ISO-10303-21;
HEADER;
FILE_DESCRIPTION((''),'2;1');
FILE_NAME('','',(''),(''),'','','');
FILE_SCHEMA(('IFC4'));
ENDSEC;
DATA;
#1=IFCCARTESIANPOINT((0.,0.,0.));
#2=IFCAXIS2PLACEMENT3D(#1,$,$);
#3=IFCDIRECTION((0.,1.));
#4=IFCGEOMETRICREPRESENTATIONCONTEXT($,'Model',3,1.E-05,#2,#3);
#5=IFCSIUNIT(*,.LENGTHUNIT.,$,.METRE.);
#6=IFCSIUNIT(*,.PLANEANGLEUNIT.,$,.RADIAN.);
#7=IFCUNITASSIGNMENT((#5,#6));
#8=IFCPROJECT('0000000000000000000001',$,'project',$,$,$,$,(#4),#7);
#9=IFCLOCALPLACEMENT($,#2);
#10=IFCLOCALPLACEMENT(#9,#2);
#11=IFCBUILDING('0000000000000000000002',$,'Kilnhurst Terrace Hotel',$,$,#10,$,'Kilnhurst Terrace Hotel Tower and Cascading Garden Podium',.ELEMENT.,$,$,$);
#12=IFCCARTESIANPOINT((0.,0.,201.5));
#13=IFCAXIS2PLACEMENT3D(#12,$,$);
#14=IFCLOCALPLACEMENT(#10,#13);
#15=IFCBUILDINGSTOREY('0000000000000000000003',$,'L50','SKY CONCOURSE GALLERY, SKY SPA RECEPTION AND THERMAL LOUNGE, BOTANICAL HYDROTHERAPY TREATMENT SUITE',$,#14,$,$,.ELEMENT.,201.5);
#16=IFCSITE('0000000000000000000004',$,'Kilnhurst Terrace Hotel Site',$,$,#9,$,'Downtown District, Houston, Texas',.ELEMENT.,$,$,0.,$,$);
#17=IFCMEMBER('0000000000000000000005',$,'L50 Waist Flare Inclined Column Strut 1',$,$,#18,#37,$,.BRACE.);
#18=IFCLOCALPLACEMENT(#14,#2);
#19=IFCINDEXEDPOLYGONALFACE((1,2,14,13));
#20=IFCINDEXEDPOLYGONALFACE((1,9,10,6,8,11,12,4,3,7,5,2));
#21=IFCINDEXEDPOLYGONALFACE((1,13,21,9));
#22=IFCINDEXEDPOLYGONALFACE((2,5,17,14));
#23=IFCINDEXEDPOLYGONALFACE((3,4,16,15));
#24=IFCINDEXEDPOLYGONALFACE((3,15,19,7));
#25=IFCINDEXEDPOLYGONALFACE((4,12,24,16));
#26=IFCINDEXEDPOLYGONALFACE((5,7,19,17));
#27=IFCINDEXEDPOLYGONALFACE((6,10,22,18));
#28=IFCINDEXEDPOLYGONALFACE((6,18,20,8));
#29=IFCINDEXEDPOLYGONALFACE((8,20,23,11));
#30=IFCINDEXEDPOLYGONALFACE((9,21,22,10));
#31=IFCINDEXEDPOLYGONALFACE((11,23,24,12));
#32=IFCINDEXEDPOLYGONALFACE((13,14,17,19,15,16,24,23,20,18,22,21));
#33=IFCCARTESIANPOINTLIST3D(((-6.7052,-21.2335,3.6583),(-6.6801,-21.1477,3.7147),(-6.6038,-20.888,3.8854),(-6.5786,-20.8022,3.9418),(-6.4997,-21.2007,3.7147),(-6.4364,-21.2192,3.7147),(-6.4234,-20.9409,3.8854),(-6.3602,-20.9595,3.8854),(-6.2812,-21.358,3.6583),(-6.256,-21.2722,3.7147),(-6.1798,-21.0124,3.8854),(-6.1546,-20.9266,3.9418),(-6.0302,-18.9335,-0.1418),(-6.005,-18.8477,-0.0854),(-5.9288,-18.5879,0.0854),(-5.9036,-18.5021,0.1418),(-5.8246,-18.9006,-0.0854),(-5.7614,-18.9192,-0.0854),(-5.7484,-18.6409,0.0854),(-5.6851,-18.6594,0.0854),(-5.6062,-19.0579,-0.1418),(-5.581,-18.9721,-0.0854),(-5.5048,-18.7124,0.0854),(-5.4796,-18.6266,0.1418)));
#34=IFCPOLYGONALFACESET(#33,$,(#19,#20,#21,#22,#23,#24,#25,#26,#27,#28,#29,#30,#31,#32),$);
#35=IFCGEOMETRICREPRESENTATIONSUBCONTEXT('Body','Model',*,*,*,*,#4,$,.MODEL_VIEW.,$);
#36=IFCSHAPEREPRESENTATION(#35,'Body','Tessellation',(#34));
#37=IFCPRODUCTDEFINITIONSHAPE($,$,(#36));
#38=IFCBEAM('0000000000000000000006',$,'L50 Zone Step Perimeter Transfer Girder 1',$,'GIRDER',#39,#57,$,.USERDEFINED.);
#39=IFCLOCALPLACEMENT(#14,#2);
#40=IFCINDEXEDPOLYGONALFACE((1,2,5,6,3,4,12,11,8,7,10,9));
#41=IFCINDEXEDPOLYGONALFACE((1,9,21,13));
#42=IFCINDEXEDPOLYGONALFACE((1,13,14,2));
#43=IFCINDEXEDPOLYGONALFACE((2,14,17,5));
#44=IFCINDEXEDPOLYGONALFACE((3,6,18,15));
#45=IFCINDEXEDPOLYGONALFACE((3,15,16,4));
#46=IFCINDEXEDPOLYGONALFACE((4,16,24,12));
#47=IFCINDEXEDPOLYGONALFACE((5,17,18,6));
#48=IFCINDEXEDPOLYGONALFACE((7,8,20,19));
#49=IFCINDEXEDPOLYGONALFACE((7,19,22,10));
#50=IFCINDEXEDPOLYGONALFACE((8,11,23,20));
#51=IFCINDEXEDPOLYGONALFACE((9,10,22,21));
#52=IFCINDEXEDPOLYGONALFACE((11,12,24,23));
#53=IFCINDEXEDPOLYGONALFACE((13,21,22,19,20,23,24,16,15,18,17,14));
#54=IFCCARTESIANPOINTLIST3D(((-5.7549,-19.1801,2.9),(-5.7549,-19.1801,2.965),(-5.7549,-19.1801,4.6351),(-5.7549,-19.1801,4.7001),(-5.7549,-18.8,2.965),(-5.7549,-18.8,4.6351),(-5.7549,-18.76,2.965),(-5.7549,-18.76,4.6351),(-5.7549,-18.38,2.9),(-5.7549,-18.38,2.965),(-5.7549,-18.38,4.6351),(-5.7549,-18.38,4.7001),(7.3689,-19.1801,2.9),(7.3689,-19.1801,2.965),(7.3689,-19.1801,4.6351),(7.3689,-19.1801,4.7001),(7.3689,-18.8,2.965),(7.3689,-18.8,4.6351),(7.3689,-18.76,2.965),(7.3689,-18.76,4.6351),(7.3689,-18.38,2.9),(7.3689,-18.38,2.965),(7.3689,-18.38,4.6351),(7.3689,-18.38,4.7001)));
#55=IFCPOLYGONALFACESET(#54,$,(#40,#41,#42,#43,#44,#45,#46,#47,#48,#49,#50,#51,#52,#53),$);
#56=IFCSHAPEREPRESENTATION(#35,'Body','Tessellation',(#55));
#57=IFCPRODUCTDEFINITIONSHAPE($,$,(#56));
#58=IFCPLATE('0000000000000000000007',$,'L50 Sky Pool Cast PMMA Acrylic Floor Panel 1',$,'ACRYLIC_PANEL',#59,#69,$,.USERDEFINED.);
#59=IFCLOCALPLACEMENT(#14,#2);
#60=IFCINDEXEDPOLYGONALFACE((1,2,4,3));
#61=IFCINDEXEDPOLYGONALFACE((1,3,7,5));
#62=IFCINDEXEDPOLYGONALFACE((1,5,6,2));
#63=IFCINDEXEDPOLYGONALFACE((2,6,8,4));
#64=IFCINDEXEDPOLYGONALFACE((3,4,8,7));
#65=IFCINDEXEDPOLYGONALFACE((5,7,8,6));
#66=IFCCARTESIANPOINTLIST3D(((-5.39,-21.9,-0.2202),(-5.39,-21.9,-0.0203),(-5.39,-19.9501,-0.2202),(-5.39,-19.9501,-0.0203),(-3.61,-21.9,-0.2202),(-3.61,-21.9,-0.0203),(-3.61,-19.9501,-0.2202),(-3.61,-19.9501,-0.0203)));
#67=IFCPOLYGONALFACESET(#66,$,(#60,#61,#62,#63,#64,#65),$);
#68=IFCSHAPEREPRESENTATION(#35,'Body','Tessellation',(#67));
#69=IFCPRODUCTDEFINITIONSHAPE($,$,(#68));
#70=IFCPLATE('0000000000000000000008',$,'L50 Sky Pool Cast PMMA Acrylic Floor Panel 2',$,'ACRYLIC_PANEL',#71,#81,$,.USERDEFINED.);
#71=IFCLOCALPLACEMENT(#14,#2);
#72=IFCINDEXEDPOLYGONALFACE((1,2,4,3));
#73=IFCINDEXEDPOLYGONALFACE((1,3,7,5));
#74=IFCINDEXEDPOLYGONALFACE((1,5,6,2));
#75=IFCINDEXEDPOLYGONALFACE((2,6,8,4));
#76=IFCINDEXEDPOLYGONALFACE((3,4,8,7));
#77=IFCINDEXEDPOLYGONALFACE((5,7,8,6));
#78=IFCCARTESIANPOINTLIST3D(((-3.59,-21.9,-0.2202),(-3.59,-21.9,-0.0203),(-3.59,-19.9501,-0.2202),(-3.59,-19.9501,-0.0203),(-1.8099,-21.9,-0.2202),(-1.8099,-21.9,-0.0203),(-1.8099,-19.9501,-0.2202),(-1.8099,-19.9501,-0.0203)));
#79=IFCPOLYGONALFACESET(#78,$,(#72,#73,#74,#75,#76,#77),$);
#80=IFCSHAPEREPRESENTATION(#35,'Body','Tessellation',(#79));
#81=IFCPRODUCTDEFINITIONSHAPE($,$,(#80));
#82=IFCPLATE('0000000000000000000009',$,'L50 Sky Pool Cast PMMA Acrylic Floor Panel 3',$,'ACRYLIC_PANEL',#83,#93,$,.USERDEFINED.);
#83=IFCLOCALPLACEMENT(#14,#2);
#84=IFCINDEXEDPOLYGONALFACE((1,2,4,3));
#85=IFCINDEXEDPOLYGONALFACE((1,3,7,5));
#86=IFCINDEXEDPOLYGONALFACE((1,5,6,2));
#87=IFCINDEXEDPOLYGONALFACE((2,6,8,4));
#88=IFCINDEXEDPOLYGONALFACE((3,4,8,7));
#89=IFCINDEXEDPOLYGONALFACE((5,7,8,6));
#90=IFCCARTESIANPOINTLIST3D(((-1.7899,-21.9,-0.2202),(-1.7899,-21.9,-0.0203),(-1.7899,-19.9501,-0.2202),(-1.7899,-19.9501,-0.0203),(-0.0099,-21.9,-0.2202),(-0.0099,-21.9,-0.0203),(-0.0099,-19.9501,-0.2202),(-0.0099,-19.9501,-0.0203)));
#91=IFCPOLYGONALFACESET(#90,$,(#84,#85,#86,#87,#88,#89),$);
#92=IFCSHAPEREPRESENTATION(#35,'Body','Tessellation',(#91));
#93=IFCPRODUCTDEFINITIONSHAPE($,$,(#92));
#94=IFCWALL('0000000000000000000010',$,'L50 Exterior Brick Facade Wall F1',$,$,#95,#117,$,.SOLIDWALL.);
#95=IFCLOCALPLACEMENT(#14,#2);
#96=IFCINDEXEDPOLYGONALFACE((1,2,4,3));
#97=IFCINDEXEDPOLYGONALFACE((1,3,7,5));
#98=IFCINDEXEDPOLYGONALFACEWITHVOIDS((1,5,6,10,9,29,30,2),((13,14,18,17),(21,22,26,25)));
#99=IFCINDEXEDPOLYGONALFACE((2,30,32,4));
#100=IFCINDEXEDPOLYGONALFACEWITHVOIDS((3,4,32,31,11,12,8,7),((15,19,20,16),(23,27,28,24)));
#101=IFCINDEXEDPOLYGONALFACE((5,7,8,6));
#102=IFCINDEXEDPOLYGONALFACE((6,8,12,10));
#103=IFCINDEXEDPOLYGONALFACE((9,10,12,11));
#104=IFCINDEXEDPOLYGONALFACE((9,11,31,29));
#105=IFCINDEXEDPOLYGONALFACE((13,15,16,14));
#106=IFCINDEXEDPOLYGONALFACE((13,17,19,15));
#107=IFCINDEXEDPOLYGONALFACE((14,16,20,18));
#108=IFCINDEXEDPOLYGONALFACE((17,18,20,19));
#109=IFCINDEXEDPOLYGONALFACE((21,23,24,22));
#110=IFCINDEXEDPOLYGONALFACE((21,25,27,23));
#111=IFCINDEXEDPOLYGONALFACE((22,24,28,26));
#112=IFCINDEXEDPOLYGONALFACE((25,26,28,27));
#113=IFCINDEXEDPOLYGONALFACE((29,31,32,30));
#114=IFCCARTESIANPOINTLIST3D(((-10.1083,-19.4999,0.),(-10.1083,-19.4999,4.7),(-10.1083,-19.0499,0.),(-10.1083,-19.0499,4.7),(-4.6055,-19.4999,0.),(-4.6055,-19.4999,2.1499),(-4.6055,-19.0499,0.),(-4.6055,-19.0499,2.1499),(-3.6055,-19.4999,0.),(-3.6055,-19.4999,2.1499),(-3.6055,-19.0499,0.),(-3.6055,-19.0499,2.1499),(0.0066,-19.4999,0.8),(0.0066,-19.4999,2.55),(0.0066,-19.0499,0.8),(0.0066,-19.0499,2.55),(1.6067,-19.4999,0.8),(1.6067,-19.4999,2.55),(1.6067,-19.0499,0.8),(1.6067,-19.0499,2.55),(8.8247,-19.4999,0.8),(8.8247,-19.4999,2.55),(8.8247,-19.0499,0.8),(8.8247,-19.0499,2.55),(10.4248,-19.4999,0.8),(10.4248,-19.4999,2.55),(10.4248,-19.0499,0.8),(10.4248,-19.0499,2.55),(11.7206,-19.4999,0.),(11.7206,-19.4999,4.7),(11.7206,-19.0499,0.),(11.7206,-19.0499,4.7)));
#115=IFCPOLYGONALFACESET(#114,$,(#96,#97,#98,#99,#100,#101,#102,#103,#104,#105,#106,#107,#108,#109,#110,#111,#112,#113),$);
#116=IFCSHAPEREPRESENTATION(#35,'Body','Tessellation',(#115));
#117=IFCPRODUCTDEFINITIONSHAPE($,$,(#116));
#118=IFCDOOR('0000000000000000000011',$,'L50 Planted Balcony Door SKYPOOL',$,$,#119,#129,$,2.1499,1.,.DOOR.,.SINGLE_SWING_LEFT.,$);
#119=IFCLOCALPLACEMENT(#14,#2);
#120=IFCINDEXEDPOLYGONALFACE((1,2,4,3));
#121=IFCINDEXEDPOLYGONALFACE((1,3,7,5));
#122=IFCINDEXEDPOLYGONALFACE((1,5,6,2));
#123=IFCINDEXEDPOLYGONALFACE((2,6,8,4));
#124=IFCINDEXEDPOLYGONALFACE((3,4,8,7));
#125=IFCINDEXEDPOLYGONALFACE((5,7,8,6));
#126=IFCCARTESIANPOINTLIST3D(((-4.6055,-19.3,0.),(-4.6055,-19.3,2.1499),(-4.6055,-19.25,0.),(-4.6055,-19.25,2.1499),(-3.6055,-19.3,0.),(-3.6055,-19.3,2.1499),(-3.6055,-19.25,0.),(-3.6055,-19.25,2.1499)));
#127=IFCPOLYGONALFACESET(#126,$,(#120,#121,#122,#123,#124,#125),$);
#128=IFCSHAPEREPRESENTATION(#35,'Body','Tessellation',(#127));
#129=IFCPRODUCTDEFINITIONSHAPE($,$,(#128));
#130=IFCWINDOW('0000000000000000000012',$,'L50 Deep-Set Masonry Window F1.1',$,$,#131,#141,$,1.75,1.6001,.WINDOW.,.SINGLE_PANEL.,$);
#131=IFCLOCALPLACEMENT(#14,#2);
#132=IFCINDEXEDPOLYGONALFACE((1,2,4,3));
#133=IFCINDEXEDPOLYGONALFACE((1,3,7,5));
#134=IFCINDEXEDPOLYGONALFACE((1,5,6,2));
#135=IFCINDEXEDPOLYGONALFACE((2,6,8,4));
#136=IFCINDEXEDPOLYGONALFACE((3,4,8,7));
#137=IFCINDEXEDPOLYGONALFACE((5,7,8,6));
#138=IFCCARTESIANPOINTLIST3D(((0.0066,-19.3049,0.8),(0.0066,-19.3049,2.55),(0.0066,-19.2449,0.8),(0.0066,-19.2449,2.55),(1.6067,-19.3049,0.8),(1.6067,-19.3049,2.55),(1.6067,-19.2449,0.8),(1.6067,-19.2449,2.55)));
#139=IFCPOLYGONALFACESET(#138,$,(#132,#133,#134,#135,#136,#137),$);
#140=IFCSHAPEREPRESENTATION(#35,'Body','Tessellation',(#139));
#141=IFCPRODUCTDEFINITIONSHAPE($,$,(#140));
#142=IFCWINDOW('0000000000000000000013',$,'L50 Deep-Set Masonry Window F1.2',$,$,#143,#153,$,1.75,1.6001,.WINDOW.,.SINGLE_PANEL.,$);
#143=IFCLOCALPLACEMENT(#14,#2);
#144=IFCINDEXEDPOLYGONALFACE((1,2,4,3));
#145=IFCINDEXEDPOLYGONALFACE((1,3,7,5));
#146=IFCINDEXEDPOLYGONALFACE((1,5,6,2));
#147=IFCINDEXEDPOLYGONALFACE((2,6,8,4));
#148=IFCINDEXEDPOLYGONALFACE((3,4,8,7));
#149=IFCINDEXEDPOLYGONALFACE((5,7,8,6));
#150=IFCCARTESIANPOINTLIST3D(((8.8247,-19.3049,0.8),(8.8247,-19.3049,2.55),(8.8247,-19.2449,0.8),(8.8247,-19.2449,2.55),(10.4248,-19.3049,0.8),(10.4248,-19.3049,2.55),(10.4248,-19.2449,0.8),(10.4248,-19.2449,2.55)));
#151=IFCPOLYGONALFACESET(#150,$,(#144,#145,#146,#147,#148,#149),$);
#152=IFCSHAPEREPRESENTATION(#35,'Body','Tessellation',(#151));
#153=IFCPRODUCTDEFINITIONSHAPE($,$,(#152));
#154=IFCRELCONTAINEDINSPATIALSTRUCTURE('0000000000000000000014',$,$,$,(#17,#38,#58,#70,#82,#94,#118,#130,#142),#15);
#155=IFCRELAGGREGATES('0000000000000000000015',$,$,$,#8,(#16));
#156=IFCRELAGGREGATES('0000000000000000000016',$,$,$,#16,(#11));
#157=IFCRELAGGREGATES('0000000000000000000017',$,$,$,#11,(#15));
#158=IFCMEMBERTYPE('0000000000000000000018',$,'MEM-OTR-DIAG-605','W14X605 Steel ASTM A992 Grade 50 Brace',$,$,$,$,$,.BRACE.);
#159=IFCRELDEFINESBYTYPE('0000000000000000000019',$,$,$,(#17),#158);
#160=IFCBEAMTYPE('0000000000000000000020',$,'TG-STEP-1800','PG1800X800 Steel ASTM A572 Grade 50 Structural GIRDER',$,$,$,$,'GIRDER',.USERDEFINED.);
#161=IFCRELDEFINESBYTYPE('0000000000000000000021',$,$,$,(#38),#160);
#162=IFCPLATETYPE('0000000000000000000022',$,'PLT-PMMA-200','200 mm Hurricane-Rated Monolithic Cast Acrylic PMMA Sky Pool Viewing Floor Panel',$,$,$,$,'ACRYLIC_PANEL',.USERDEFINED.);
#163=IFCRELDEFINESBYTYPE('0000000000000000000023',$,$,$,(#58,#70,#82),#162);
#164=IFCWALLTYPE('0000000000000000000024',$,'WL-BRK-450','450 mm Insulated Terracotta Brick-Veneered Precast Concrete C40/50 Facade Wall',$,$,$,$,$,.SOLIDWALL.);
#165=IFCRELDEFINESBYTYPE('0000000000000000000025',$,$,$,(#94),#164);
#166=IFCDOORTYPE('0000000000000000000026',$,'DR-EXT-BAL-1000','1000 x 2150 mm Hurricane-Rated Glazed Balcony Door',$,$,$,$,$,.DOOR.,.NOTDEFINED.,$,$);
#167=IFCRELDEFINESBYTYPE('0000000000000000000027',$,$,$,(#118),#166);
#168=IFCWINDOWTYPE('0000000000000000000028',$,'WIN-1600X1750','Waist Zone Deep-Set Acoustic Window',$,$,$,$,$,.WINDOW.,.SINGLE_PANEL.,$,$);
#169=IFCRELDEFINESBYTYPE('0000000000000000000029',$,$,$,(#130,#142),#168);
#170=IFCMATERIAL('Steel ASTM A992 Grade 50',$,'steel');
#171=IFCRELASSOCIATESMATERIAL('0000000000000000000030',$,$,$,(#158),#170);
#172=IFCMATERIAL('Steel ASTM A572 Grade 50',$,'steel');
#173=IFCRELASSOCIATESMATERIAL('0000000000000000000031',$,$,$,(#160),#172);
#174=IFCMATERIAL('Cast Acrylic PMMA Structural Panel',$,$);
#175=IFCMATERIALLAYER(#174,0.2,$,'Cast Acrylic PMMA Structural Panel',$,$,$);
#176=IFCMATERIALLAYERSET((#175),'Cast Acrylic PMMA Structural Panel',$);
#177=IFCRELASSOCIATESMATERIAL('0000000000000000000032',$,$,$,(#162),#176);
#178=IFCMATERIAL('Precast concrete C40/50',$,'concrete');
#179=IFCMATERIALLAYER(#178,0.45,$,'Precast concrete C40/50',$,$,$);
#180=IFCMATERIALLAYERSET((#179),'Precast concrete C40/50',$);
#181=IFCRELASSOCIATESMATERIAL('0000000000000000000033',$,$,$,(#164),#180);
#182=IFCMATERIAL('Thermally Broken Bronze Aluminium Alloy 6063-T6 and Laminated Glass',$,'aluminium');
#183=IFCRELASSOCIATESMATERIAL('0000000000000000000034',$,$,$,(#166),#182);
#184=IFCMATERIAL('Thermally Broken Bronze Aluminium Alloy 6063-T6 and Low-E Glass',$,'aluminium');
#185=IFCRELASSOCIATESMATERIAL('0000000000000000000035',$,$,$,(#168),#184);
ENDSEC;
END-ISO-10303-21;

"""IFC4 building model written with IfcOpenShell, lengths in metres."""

from ifc_helpers import new_model, si_unit, direction, frame, frame_2d, origin, origin_2d, place, context, subcontext, project, spatial, rectangle, i_section, extrude, material, layer, layer_set, material_profile, profile_set, type_object, element, fill, save


model = new_model("IFC4")

# Units and contexts
model_context = context("Model", 3, precision=1e-05, world=origin(), true_north=direction((0.0, 1.0)))
body_context = subcontext(model_context, "Body", "Model", "MODEL_VIEW")
ifc_project = project(units=[si_unit("LENGTHUNIT", "METRE"), si_unit("PLANEANGLEUNIT", "RADIAN")], contexts=[model_context])

# Site, building, storey
site_placement = place(None, origin())
site = spatial("IfcSite", under=ifc_project, at=site_placement, Name="Kilnhurst Terrace Hotel Site", LongName="Downtown District, Houston, Texas", CompositionType="ELEMENT", RefElevation=0.0)
building_placement = place(site_placement, origin())
building = spatial("IfcBuilding", under=site, at=building_placement, Name="Kilnhurst Terrace Hotel", LongName="Kilnhurst Terrace Hotel Tower and Cascading Garden Podium", CompositionType="ELEMENT")
storey_placement = place(building_placement, frame((0.0, 0.0, 201.5)))
storey = spatial("IfcBuildingStorey", under=building, at=storey_placement, Name="L50", Description="SKY CONCOURSE GALLERY, SKY SPA RECEPTION AND THERMAL LOUNGE, BOTANICAL HYDROTHERAPY TREATMENT SUITE", CompositionType="ELEMENT", Elevation=201.5)

# Shared definitions
ifc_material_1 = material(Name="Steel ASTM A992 Grade 50", Category="steel")

# Member
ifc_material_profile_1 = material_profile(ifc_material_1, i_section(OverallWidth=0.4419, OverallDepth=0.5315, WebThickness=0.0659, FlangeThickness=0.1057, at=origin_2d()), Name="W14X605")
ifc_profile_set_1 = profile_set([ifc_material_profile_1], Name="Steel ASTM A992 Grade 50")
member_type = type_object("IfcMemberType", Name="MEM-OTR-DIAG-605", Description="W14X605 Steel ASTM A992 Grade 50 Brace", PredefinedType="BRACE", material=ifc_profile_set_1)
member_placement = place(storey_placement, frame((-5.7549, -18.78, 0.0), z_axis=(-0.150247, -0.511928, 0.845787), x_axis=(0.959528, -0.281615, 0.0)))
element("IfcMember", 1, at=member_placement, inside=storey, type_object=member_type, Name="L50 Waist Flare Inclined Column Strut 1", PredefinedType="BRACE", context=body_context, shape_type="SweptSolid", body=[
    extrude(i_section(OverallWidth=0.4419, OverallDepth=0.5315, WebThickness=0.0659, FlangeThickness=0.1057, at=origin_2d()), origin(), (0.0, 0.0, 1.0), 4.4929),
])

# Beam
ifc_material_2 = material(Name="Steel ASTM A572 Grade 50", Category="steel")
ifc_material_profile_2 = material_profile(ifc_material_2, i_section(OverallWidth=0.8, OverallDepth=1.8, WebThickness=0.04, FlangeThickness=0.0649, at=origin_2d()), Name="PG1800X800")
ifc_profile_set_2 = profile_set([ifc_material_profile_2], Name="Steel ASTM A572 Grade 50")
beam_type_1 = type_object("IfcBeamType", Name="TG-STEP-1800", Description="PG1800X800 Steel ASTM A572 Grade 50 Structural GIRDER", ElementType="GIRDER", PredefinedType="USERDEFINED", material=ifc_profile_set_2)
beam_1_placement = place(storey_placement, frame((-5.7549, -18.78, 3.8), z_axis=(1.0, 0.0, 0.0), x_axis=(0.0, 1.0, 0.0)))
element("IfcBeam", 2, at=beam_1_placement, inside=storey, type_object=beam_type_1, Name="L50 Zone Step Perimeter Transfer Girder 1", ObjectType="GIRDER", PredefinedType="USERDEFINED", context=body_context, shape_type="SweptSolid", body=[
    extrude(i_section(OverallWidth=0.8, OverallDepth=1.8, WebThickness=0.04, FlangeThickness=0.0649, at=origin_2d()), origin(), (0.0, 0.0, 1.0), 13.1238),
])

# Plates
ifc_material_3 = material(Name="Cast Acrylic PMMA Structural Panel")
ifc_layer_1 = layer(ifc_material_3, 0.2, Name="Cast Acrylic PMMA Structural Panel")
ifc_layer_set_1 = layer_set([ifc_layer_1], Name="Cast Acrylic PMMA Structural Panel")
plate_type = type_object("IfcPlateType", Name="PLT-PMMA-200", Description="200 mm Hurricane-Rated Monolithic Cast Acrylic PMMA Sky Pool Viewing Floor Panel", ElementType="ACRYLIC_PANEL", PredefinedType="USERDEFINED", material=ifc_layer_set_1)
for number, where, z_axis, x_axis, name in (
    (3, (-4.5, -20.925, -0.2202), (0.0, 0.0, 1.0), (1.0, 0.0, 0.0), "L50 Sky Pool Cast PMMA Acrylic Floor Panel 1"),
    (4, (-2.7, -20.925, -0.2202), (0.0, 0.0, 1.0), (1.0, 0.0, 0.0), "L50 Sky Pool Cast PMMA Acrylic Floor Panel 2"),
    (5, (-0.8999, -20.925, -0.2202), (0.0, 0.0, 1.0), (1.0, 0.0, 0.0), "L50 Sky Pool Cast PMMA Acrylic Floor Panel 3"),
):
    element("IfcPlate", number, at=place(storey_placement, frame(where, z_axis=z_axis, x_axis=x_axis)), inside=storey, type_object=plate_type, Name=name, ObjectType="ACRYLIC_PANEL", PredefinedType="USERDEFINED", context=body_context, shape_type="SweptSolid", body=[
        extrude(rectangle(XDim=1.78, YDim=1.95, at=origin_2d()), origin(), (0.0, 0.0, 1.0), 0.2),
    ])

# Wall, openings, door, windows
ifc_material_4 = material(Name="Precast concrete C40/50", Category="concrete")
ifc_layer_2 = layer(ifc_material_4, 0.45, Name="Precast concrete C40/50")
ifc_layer_set_2 = layer_set([ifc_layer_2], Name="Precast concrete C40/50")
wall_type_1 = type_object("IfcWallType", Name="WL-BRK-450", Description="450 mm Insulated Terracotta Brick-Veneered Precast Concrete C40/50 Facade Wall", PredefinedType="SOLIDWALL", material=ifc_layer_set_2)
wall_1_placement = place(storey_placement, frame((-10.1084, -19.2749, 0.0), z_axis=(0.0, 0.0, 1.0), x_axis=(1.0, 0.0, 0.0)))
wall_1 = element("IfcWall", 6, at=wall_1_placement, inside=storey, type_object=wall_type_1, Name="L50 Exterior Brick Facade Wall F1", PredefinedType="SOLIDWALL", context=body_context, shape_type="SweptSolid", body=[
    extrude(rectangle(XDim=21.8289, YDim=0.45, at=frame_2d((10.9146, 0.0))), origin(), (0.0, 0.0, 1.0), 4.7),
])
opening_1_placement = place(wall_1_placement, frame((5.5029, 0.0, 0.0)))
opening_1 = element("IfcOpeningElement", 7, at=opening_1_placement, cuts=wall_1, PredefinedType="OPENING", context=body_context, shape_type="SweptSolid", body=[
    extrude(rectangle(XDim=1.0, YDim=2.1499, at=frame_2d((0.5, 1.075))), frame((0.0, 0.2349, 0.0), z_axis=(0.0, -1.0, 0.0), x_axis=(1.0, 0.0, 0.0)), (0.0, 0.0, 1.0), 0.47),
])
opening_2_placement = place(wall_1_placement, frame((10.115, 0.0, 0.8)))
opening_2 = element("IfcOpeningElement", 8, at=opening_2_placement, cuts=wall_1, PredefinedType="OPENING", context=body_context, shape_type="SweptSolid", body=[
    extrude(rectangle(XDim=1.6001, YDim=1.75, at=frame_2d((0.8, 0.875))), frame((0.0, 0.2349, 0.0), z_axis=(0.0, -1.0, 0.0), x_axis=(1.0, 0.0, 0.0)), (0.0, 0.0, 1.0), 0.47),
])
opening_3_placement = place(wall_1_placement, frame((18.9331, 0.0, 0.8)))
opening_3 = element("IfcOpeningElement", 9, at=opening_3_placement, cuts=wall_1, PredefinedType="OPENING", context=body_context, shape_type="SweptSolid", body=[
    extrude(rectangle(XDim=1.6001, YDim=1.75, at=frame_2d((0.8, 0.875))), frame((0.0, 0.2349, 0.0), z_axis=(0.0, -1.0, 0.0), x_axis=(1.0, 0.0, 0.0)), (0.0, 0.0, 1.0), 0.47),
])
ifc_material_5 = material(Name="Thermally Broken Bronze Aluminium Alloy 6063-T6 and Laminated Glass", Category="aluminium")
door_type_1 = type_object("IfcDoorType", Name="DR-EXT-BAL-1000", Description="1000 x 2150 mm Hurricane-Rated Glazed Balcony Door", OperationType="NOTDEFINED", PredefinedType="DOOR", material=ifc_material_5)
door_1_placement = place(opening_1_placement, origin())
door_1 = element("IfcDoor", 10, at=door_1_placement, inside=storey, type_object=door_type_1, Name="L50 Planted Balcony Door SKYPOOL", OperationType="SINGLE_SWING_LEFT", OverallHeight=2.1499, OverallWidth=1.0, PredefinedType="DOOR", context=body_context, shape_type="SweptSolid", body=[
    extrude(rectangle(XDim=1.0, YDim=2.1499, at=frame_2d((0.5, 1.075))), frame((0.0, 0.0249, 0.0), z_axis=(0.0, -1.0, 0.0), x_axis=(1.0, 0.0, 0.0)), (0.0, 0.0, 1.0), 0.05),
])
fill(opening_1, door_1)
ifc_material_6 = material(Name="Thermally Broken Bronze Aluminium Alloy 6063-T6 and Low-E Glass", Category="aluminium")
window_type = type_object("IfcWindowType", Name="WIN-1600X1750", Description="Waist Zone Deep-Set Acoustic Window", PartitioningType="SINGLE_PANEL", PredefinedType="WINDOW", material=ifc_material_6)
window_1_placement = place(opening_2_placement, origin())
window_1 = element("IfcWindow", 11, at=window_1_placement, inside=storey, type_object=window_type, Name="L50 Deep-Set Masonry Window F1.1", OverallHeight=1.75, OverallWidth=1.6001, PartitioningType="SINGLE_PANEL", PredefinedType="WINDOW", context=body_context, shape_type="SweptSolid", body=[
    extrude(rectangle(XDim=1.6001, YDim=1.75, at=frame_2d((0.8, 0.875))), frame((0.0, 0.03, 0.0), z_axis=(0.0, -1.0, 0.0), x_axis=(1.0, 0.0, 0.0)), (0.0, 0.0, 1.0), 0.0601),
])
fill(opening_2, window_1)
window_2_placement = place(opening_3_placement, origin())
window_2 = element("IfcWindow", 12, at=window_2_placement, inside=storey, type_object=window_type, Name="L50 Deep-Set Masonry Window F1.2", OverallHeight=1.75, OverallWidth=1.6001, PartitioningType="SINGLE_PANEL", PredefinedType="WINDOW", context=body_context, shape_type="SweptSolid", body=[
    extrude(rectangle(XDim=1.6001, YDim=1.75, at=frame_2d((0.8, 0.875))), frame((0.0, 0.03, 0.0), z_axis=(0.0, -1.0, 0.0), x_axis=(1.0, 0.0, 0.0)), (0.0, 0.0, 1.0), 0.0601),
])
fill(opening_3, window_2)

save(model, "model.ifc")
